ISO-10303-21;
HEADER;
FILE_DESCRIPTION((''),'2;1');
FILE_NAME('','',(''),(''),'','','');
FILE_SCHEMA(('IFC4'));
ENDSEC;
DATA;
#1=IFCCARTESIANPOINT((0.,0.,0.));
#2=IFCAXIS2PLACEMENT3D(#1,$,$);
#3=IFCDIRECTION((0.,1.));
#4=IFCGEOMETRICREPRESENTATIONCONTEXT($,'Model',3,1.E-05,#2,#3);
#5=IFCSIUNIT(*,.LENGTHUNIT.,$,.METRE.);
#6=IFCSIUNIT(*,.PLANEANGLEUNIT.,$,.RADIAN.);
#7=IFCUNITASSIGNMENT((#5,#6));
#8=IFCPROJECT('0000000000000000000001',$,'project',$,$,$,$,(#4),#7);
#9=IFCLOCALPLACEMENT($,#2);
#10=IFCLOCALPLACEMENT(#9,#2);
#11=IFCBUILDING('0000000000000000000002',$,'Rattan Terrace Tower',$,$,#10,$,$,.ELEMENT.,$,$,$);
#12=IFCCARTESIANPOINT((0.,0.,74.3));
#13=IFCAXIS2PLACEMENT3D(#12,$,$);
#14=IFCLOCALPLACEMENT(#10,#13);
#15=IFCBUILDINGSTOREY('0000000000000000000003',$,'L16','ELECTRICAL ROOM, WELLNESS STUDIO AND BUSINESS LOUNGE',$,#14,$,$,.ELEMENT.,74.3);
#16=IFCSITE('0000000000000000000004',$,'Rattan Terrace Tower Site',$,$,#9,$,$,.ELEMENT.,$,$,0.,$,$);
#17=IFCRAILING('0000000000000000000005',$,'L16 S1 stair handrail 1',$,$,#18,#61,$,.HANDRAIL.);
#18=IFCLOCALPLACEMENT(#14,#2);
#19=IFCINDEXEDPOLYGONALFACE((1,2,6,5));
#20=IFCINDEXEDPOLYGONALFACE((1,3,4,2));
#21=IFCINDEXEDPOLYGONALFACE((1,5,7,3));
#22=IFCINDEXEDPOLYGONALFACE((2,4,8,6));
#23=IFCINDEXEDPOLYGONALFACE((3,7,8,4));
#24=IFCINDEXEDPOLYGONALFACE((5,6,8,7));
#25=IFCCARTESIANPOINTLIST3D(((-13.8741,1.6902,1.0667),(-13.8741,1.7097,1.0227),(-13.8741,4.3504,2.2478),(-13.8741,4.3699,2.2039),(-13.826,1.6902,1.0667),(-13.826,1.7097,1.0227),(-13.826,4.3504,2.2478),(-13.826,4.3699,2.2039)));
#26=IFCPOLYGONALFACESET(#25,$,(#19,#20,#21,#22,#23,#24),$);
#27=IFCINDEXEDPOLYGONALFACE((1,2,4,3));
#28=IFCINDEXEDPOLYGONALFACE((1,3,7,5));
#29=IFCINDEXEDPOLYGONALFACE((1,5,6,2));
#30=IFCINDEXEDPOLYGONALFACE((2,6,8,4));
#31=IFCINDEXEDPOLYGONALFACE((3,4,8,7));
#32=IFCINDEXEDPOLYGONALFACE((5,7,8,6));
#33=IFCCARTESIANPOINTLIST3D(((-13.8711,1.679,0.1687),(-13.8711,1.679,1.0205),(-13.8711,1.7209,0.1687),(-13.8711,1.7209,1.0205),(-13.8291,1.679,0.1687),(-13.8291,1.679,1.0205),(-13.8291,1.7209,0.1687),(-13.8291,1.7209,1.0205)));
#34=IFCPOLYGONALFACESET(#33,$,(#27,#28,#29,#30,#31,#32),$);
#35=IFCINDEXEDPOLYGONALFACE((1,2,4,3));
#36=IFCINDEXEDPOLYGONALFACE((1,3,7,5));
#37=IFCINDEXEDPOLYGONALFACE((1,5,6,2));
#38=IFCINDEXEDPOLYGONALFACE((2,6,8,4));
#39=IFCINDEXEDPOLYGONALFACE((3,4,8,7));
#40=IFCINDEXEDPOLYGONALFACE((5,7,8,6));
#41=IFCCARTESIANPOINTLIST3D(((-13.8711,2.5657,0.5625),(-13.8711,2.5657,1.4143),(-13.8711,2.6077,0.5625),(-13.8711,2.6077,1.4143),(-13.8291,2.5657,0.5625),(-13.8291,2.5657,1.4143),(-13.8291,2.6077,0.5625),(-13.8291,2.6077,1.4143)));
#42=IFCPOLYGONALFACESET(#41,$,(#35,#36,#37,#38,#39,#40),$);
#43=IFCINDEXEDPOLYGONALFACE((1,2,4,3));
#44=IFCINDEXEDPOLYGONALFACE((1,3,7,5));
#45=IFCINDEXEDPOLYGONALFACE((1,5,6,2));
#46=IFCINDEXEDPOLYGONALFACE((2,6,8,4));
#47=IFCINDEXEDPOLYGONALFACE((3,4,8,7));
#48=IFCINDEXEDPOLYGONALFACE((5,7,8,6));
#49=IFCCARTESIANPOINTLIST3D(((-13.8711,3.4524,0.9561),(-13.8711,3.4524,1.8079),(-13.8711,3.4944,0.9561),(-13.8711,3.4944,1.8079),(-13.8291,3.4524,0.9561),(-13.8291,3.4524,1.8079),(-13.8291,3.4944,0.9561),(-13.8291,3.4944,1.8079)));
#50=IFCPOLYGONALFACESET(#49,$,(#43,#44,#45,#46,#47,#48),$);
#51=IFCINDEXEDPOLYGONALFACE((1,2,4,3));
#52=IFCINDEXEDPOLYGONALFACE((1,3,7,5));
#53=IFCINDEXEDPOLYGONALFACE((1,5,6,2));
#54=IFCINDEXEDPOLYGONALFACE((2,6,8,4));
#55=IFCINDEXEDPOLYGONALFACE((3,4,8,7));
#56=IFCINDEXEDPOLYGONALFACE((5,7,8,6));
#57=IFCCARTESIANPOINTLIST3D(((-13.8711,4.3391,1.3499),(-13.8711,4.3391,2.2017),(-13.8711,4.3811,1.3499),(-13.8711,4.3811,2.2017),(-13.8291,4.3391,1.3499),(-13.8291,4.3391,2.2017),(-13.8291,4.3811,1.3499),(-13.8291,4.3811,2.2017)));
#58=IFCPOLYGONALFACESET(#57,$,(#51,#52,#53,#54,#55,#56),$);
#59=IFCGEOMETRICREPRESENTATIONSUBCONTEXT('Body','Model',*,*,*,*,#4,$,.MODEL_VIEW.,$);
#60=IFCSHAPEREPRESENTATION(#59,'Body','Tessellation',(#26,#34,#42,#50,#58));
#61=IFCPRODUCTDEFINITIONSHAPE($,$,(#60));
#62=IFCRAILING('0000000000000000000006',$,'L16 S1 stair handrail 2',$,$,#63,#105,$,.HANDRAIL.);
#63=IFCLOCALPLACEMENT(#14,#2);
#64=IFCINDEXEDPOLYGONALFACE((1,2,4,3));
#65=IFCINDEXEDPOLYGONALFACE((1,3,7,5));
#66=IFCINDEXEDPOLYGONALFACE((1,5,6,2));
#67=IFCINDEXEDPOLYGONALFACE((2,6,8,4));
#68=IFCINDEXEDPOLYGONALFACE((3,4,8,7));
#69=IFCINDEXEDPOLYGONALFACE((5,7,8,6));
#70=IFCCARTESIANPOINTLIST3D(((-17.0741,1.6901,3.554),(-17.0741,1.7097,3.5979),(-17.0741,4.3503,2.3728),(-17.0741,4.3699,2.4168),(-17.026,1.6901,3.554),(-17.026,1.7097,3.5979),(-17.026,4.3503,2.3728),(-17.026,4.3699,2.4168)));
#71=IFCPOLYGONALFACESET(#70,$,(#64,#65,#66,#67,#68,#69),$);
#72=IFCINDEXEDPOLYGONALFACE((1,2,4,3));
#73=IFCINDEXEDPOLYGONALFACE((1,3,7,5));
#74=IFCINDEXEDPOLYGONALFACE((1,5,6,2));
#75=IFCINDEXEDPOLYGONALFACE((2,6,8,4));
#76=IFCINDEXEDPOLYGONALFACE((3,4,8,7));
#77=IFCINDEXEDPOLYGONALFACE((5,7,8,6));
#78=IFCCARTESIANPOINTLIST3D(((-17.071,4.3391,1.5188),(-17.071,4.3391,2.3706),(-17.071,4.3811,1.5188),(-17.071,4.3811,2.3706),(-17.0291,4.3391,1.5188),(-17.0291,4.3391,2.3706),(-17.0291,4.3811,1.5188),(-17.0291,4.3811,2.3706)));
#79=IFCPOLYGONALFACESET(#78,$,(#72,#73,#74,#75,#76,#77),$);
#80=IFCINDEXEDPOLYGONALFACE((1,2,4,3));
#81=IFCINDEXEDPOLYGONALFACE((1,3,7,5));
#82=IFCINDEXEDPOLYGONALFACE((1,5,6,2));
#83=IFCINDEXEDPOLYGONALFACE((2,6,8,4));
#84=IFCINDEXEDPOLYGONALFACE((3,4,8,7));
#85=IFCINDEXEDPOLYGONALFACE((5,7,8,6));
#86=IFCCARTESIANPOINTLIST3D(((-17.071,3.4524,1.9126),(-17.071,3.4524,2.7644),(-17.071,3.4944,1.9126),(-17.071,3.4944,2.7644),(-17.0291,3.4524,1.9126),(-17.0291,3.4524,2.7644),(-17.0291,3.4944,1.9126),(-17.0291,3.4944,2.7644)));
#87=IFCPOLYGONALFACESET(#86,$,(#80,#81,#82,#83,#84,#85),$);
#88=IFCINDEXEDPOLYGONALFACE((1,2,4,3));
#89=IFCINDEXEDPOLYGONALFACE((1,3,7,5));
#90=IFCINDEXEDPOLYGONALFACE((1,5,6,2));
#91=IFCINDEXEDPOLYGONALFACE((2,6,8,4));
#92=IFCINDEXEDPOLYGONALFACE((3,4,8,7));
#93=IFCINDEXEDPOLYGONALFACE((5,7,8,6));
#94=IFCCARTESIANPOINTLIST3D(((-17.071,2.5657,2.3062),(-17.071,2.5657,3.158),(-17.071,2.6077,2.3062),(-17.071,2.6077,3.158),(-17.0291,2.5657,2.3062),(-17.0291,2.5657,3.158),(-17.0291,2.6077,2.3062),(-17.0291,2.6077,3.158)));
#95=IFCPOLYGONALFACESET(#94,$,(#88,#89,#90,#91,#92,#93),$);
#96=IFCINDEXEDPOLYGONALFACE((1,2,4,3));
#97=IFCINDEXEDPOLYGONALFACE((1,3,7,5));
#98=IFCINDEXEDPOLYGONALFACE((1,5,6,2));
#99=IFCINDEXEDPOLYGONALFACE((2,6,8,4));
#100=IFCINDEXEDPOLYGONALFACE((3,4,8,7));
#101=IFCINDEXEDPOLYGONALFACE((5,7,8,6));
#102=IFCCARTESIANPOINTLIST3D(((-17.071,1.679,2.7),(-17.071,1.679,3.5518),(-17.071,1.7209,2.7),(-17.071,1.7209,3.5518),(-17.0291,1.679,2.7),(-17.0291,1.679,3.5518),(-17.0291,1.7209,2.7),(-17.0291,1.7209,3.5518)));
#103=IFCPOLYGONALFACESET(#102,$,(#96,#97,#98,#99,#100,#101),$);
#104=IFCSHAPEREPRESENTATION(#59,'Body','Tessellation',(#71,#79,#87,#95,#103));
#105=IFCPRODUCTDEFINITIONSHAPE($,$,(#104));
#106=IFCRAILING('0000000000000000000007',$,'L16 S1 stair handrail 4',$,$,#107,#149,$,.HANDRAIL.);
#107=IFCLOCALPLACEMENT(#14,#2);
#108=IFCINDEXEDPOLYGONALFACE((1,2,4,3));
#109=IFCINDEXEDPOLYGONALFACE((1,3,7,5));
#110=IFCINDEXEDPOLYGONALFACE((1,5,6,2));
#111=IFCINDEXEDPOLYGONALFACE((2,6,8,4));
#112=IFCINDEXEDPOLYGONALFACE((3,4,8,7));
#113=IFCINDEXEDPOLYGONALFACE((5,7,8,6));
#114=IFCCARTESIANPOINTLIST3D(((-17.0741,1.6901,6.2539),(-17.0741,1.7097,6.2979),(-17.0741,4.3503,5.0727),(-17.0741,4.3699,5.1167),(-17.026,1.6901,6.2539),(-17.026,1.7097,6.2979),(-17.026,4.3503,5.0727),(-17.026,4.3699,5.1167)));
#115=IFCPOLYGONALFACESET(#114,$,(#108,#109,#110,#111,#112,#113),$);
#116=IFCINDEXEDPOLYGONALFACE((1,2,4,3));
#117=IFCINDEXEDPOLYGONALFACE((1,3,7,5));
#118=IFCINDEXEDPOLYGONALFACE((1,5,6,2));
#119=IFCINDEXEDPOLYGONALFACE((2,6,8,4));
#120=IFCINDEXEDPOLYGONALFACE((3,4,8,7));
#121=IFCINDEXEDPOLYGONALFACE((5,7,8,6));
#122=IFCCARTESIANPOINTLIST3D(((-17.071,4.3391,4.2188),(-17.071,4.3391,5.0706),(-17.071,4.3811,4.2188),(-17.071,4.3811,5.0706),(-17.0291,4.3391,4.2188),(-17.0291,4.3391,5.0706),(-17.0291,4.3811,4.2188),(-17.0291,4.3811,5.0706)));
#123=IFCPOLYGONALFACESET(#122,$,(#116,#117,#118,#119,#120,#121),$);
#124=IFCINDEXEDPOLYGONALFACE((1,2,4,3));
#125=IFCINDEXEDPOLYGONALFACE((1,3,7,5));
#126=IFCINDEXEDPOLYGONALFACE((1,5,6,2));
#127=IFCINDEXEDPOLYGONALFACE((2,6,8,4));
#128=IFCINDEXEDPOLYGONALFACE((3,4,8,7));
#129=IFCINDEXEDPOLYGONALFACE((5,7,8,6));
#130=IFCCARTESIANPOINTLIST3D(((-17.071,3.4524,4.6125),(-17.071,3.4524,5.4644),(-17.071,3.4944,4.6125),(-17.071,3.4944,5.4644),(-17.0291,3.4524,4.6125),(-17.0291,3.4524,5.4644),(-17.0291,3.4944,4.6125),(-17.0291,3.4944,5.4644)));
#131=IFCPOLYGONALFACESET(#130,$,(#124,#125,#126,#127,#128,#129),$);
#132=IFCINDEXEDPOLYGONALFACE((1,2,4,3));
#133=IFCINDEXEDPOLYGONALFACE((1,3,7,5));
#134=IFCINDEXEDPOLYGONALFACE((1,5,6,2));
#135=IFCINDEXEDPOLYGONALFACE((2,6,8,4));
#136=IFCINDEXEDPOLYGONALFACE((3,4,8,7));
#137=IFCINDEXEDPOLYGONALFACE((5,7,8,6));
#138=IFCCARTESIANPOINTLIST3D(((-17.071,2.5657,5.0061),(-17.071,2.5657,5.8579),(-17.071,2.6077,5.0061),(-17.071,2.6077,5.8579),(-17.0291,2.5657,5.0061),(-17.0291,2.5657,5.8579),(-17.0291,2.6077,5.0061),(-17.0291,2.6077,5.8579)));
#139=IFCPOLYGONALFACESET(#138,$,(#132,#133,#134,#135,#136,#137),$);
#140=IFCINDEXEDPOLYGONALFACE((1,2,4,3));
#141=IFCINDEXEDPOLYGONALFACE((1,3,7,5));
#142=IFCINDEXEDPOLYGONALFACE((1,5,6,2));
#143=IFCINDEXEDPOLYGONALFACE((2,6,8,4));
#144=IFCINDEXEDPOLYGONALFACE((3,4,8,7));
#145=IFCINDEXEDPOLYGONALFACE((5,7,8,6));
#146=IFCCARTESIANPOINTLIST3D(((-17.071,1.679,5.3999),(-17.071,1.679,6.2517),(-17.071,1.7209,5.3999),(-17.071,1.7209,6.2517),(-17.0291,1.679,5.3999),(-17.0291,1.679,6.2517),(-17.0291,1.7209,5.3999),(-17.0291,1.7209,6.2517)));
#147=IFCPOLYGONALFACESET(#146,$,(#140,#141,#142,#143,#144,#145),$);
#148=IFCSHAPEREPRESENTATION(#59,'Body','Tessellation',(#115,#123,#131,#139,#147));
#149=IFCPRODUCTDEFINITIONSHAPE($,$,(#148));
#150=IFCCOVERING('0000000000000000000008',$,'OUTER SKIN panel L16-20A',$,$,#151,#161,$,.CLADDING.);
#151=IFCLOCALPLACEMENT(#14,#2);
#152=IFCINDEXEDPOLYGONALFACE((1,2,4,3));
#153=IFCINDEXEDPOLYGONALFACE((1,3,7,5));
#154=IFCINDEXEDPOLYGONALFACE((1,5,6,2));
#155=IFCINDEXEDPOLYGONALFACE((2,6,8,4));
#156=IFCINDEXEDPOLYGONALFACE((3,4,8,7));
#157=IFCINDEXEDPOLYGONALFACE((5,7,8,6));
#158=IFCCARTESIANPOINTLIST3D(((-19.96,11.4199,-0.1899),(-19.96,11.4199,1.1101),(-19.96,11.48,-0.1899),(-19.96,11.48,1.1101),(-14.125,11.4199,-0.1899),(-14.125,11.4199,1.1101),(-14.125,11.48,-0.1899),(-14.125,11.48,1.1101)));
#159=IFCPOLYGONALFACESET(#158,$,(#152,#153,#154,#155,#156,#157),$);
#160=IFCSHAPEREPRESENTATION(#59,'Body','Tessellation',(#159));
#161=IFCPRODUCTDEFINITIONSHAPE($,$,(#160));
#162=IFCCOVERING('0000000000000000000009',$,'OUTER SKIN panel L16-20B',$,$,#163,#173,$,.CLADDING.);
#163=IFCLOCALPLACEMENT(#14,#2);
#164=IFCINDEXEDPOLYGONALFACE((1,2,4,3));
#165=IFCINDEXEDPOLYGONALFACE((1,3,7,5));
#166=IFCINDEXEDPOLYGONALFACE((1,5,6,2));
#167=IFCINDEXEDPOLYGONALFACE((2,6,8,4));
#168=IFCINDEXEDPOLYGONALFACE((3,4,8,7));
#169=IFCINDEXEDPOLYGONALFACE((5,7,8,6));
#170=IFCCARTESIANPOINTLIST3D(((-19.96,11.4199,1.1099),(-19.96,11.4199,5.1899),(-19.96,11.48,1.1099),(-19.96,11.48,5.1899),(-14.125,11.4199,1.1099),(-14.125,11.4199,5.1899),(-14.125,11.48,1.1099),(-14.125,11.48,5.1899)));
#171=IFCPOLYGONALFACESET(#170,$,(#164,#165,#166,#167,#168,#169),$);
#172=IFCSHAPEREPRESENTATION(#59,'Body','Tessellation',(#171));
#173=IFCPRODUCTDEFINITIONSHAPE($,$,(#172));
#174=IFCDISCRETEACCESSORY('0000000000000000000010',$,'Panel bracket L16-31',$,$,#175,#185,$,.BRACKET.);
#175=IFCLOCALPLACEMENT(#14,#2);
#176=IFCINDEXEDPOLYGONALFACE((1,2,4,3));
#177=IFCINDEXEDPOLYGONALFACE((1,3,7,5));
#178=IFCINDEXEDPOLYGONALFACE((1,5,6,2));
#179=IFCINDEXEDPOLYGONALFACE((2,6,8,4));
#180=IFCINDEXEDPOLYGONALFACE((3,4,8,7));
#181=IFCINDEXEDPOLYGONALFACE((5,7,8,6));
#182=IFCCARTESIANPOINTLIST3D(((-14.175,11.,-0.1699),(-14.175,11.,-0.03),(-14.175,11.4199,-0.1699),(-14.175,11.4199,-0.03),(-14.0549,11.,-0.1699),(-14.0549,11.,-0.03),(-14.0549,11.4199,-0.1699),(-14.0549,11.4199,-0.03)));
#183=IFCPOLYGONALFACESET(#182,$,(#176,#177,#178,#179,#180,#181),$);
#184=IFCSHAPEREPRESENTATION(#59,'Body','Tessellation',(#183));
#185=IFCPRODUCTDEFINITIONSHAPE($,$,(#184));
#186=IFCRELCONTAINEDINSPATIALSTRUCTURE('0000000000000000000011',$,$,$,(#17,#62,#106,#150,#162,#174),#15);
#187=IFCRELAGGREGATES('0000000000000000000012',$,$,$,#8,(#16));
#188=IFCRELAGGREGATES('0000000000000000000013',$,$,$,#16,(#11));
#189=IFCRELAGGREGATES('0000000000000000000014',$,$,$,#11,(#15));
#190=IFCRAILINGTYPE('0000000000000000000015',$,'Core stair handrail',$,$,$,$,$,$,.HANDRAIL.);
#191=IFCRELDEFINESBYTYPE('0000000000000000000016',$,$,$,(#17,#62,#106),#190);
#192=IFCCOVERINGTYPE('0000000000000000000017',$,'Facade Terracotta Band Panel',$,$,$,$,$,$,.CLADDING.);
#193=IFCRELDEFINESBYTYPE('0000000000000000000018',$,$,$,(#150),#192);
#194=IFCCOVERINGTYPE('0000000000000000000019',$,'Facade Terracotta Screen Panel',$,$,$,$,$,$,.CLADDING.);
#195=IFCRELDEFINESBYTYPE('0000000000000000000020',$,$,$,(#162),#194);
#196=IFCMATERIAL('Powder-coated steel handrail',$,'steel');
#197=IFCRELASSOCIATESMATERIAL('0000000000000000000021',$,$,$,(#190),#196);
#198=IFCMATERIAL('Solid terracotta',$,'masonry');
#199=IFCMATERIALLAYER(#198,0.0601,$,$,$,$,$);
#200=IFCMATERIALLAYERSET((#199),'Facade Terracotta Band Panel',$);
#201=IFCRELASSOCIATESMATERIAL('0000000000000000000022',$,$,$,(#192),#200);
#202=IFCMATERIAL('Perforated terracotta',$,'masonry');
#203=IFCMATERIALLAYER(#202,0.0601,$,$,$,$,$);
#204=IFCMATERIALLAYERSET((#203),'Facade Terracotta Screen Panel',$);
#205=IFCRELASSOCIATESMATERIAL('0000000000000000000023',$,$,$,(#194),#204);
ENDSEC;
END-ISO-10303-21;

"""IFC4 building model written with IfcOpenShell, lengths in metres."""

from ifc_helpers import new_model, si_unit, direction, frame, origin, origin_2d, place, context, subcontext, project, spatial, rectangle, extrude, material, layer, layer_set, type_object, element, save


model = new_model("IFC4")

# Units and contexts
model_context = context("Model", 3, precision=1e-05, world=origin(), true_north=direction((0.0, 1.0)))
body_context = subcontext(model_context, "Body", "Model", "MODEL_VIEW")
ifc_project = project(units=[si_unit("LENGTHUNIT", "METRE"), si_unit("PLANEANGLEUNIT", "RADIAN")], contexts=[model_context])

# Site, building, storey
site_placement = place(None, origin())
site = spatial("IfcSite", under=ifc_project, at=site_placement, Name="Rattan Terrace Tower Site", CompositionType="ELEMENT", RefElevation=0.0)
building_placement = place(site_placement, origin())
building = spatial("IfcBuilding", under=site, at=building_placement, Name="Rattan Terrace Tower", CompositionType="ELEMENT")
storey_placement = place(building_placement, frame((0.0, 0.0, 74.3)))
storey = spatial("IfcBuildingStorey", under=building, at=storey_placement, Name="L16", Description="ELECTRICAL ROOM, WELLNESS STUDIO AND BUSINESS LOUNGE", CompositionType="ELEMENT", Elevation=74.3)

# Railings
ifc_material_1 = material(Name="Powder-coated steel handrail", Category="steel")
railing_type_1 = type_object("IfcRailingType", Name="Core stair handrail", PredefinedType="HANDRAIL", material=ifc_material_1)
railing_1_placement = place(storey_placement, frame((-13.8501, 1.7, 0.1687)))
element("IfcRailing", 1, at=railing_1_placement, inside=storey, type_object=railing_type_1, Name="L16 S1 stair handrail 1", PredefinedType="HANDRAIL", context=body_context, shape_type="SweptSolid", body=[
    extrude(rectangle(XDim=0.0481, YDim=0.0481, at=origin_2d()), frame((0.0, 0.0, 0.876), z_axis=(0.0, 0.913957, 0.405812), x_axis=(-1.0, 0.0, 0.0)), (0.0, 0.0, 1.0), 2.9106),
    extrude(rectangle(XDim=0.042, YDim=0.042, at=origin_2d()), origin(), (0.0, 0.0, 1.0), 0.8518),
    extrude(rectangle(XDim=0.042, YDim=0.042, at=origin_2d()), frame((0.0, 0.8867, 0.3938)), (0.0, 0.0, 1.0), 0.8518),
    extrude(rectangle(XDim=0.042, YDim=0.042, at=origin_2d()), frame((0.0, 1.7734, 0.7874)), (0.0, 0.0, 1.0), 0.8518),
    extrude(rectangle(XDim=0.042, YDim=0.042, at=origin_2d()), frame((0.0, 2.6602, 1.1812)), (0.0, 0.0, 1.0), 0.8518),
])
for number, where, name in (
    (2, (-17.05, 4.3601, 1.5188), "L16 S1 stair handrail 2"),
    (3, (-17.05, 4.3601, 4.2188), "L16 S1 stair handrail 4"),
):
    element("IfcRailing", number, at=place(storey_placement, frame(where)), inside=storey, type_object=railing_type_1, Name=name, PredefinedType="HANDRAIL", context=body_context, shape_type="SweptSolid", body=[
        extrude(rectangle(XDim=0.0481, YDim=0.0481, at=origin_2d()), frame((0.0, 0.0, 0.876), z_axis=(0.0, -0.913957, 0.405812), x_axis=(1.0, 0.0, 0.0)), (0.0, 0.0, 1.0), 2.9106),
        extrude(rectangle(XDim=0.042, YDim=0.042, at=origin_2d()), origin(), (0.0, 0.0, 1.0), 0.8518),
        extrude(rectangle(XDim=0.042, YDim=0.042, at=origin_2d()), frame((0.0, -0.8867, 0.3938)), (0.0, 0.0, 1.0), 0.8518),
        extrude(rectangle(XDim=0.042, YDim=0.042, at=origin_2d()), frame((0.0, -1.7734, 0.7874)), (0.0, 0.0, 1.0), 0.8518),
        extrude(rectangle(XDim=0.042, YDim=0.042, at=origin_2d()), frame((0.0, -2.6602, 1.1812)), (0.0, 0.0, 1.0), 0.8518),
    ])

# Coverings
ifc_material_2 = material(Name="Solid terracotta", Category="masonry")
ifc_layer_1 = layer(ifc_material_2, 0.0601)
ifc_layer_set_1 = layer_set([ifc_layer_1], Name="Facade Terracotta Band Panel")
covering_type_1 = type_object("IfcCoveringType", Name="Facade Terracotta Band Panel", PredefinedType="CLADDING", material=ifc_layer_set_1)
covering_1_placement = place(storey_placement, frame((-17.0425, 11.45, -0.1899), z_axis=(0.0, 0.0, 1.0), x_axis=(-1.0, 0.0, 0.0)))
element("IfcCovering", 4, at=covering_1_placement, inside=storey, type_object=covering_type_1, Name="OUTER SKIN panel L16-20A", PredefinedType="CLADDING", context=body_context, shape_type="SweptSolid", body=[
    extrude(rectangle(XDim=5.835, YDim=0.0601, at=origin_2d()), origin(), (0.0, 0.0, 1.0), 1.3),
])
ifc_material_3 = material(Name="Perforated terracotta", Category="masonry")
ifc_layer_2 = layer(ifc_material_3, 0.0601)
ifc_layer_set_2 = layer_set([ifc_layer_2], Name="Facade Terracotta Screen Panel")
covering_type_2 = type_object("IfcCoveringType", Name="Facade Terracotta Screen Panel", PredefinedType="CLADDING", material=ifc_layer_set_2)
covering_2_placement = place(storey_placement, frame((-17.0425, 11.45, 1.1099), z_axis=(0.0, 0.0, 1.0), x_axis=(-1.0, 0.0, 0.0)))
element("IfcCovering", 5, at=covering_2_placement, inside=storey, type_object=covering_type_2, Name="OUTER SKIN panel L16-20B", PredefinedType="CLADDING", context=body_context, shape_type="SweptSolid", body=[
    extrude(rectangle(XDim=5.835, YDim=0.0601, at=origin_2d()), origin(), (0.0, 0.0, 1.0), 4.0801),
])

# Discrete accessory
discrete_accessory_placement = place(storey_placement, frame((-14.115, 11.21, -0.1699), z_axis=(0.0, 0.0, 1.0), x_axis=(-1.0, 0.0, 0.0)))
element("IfcDiscreteAccessory", 6, at=discrete_accessory_placement, inside=storey, Name="Panel bracket L16-31", PredefinedType="BRACKET", context=body_context, shape_type="SweptSolid", body=[
    extrude(rectangle(XDim=0.1201, YDim=0.4199, at=origin_2d()), origin(), (0.0, 0.0, 1.0), 0.1399),
])

save(model, "model.ifc")
